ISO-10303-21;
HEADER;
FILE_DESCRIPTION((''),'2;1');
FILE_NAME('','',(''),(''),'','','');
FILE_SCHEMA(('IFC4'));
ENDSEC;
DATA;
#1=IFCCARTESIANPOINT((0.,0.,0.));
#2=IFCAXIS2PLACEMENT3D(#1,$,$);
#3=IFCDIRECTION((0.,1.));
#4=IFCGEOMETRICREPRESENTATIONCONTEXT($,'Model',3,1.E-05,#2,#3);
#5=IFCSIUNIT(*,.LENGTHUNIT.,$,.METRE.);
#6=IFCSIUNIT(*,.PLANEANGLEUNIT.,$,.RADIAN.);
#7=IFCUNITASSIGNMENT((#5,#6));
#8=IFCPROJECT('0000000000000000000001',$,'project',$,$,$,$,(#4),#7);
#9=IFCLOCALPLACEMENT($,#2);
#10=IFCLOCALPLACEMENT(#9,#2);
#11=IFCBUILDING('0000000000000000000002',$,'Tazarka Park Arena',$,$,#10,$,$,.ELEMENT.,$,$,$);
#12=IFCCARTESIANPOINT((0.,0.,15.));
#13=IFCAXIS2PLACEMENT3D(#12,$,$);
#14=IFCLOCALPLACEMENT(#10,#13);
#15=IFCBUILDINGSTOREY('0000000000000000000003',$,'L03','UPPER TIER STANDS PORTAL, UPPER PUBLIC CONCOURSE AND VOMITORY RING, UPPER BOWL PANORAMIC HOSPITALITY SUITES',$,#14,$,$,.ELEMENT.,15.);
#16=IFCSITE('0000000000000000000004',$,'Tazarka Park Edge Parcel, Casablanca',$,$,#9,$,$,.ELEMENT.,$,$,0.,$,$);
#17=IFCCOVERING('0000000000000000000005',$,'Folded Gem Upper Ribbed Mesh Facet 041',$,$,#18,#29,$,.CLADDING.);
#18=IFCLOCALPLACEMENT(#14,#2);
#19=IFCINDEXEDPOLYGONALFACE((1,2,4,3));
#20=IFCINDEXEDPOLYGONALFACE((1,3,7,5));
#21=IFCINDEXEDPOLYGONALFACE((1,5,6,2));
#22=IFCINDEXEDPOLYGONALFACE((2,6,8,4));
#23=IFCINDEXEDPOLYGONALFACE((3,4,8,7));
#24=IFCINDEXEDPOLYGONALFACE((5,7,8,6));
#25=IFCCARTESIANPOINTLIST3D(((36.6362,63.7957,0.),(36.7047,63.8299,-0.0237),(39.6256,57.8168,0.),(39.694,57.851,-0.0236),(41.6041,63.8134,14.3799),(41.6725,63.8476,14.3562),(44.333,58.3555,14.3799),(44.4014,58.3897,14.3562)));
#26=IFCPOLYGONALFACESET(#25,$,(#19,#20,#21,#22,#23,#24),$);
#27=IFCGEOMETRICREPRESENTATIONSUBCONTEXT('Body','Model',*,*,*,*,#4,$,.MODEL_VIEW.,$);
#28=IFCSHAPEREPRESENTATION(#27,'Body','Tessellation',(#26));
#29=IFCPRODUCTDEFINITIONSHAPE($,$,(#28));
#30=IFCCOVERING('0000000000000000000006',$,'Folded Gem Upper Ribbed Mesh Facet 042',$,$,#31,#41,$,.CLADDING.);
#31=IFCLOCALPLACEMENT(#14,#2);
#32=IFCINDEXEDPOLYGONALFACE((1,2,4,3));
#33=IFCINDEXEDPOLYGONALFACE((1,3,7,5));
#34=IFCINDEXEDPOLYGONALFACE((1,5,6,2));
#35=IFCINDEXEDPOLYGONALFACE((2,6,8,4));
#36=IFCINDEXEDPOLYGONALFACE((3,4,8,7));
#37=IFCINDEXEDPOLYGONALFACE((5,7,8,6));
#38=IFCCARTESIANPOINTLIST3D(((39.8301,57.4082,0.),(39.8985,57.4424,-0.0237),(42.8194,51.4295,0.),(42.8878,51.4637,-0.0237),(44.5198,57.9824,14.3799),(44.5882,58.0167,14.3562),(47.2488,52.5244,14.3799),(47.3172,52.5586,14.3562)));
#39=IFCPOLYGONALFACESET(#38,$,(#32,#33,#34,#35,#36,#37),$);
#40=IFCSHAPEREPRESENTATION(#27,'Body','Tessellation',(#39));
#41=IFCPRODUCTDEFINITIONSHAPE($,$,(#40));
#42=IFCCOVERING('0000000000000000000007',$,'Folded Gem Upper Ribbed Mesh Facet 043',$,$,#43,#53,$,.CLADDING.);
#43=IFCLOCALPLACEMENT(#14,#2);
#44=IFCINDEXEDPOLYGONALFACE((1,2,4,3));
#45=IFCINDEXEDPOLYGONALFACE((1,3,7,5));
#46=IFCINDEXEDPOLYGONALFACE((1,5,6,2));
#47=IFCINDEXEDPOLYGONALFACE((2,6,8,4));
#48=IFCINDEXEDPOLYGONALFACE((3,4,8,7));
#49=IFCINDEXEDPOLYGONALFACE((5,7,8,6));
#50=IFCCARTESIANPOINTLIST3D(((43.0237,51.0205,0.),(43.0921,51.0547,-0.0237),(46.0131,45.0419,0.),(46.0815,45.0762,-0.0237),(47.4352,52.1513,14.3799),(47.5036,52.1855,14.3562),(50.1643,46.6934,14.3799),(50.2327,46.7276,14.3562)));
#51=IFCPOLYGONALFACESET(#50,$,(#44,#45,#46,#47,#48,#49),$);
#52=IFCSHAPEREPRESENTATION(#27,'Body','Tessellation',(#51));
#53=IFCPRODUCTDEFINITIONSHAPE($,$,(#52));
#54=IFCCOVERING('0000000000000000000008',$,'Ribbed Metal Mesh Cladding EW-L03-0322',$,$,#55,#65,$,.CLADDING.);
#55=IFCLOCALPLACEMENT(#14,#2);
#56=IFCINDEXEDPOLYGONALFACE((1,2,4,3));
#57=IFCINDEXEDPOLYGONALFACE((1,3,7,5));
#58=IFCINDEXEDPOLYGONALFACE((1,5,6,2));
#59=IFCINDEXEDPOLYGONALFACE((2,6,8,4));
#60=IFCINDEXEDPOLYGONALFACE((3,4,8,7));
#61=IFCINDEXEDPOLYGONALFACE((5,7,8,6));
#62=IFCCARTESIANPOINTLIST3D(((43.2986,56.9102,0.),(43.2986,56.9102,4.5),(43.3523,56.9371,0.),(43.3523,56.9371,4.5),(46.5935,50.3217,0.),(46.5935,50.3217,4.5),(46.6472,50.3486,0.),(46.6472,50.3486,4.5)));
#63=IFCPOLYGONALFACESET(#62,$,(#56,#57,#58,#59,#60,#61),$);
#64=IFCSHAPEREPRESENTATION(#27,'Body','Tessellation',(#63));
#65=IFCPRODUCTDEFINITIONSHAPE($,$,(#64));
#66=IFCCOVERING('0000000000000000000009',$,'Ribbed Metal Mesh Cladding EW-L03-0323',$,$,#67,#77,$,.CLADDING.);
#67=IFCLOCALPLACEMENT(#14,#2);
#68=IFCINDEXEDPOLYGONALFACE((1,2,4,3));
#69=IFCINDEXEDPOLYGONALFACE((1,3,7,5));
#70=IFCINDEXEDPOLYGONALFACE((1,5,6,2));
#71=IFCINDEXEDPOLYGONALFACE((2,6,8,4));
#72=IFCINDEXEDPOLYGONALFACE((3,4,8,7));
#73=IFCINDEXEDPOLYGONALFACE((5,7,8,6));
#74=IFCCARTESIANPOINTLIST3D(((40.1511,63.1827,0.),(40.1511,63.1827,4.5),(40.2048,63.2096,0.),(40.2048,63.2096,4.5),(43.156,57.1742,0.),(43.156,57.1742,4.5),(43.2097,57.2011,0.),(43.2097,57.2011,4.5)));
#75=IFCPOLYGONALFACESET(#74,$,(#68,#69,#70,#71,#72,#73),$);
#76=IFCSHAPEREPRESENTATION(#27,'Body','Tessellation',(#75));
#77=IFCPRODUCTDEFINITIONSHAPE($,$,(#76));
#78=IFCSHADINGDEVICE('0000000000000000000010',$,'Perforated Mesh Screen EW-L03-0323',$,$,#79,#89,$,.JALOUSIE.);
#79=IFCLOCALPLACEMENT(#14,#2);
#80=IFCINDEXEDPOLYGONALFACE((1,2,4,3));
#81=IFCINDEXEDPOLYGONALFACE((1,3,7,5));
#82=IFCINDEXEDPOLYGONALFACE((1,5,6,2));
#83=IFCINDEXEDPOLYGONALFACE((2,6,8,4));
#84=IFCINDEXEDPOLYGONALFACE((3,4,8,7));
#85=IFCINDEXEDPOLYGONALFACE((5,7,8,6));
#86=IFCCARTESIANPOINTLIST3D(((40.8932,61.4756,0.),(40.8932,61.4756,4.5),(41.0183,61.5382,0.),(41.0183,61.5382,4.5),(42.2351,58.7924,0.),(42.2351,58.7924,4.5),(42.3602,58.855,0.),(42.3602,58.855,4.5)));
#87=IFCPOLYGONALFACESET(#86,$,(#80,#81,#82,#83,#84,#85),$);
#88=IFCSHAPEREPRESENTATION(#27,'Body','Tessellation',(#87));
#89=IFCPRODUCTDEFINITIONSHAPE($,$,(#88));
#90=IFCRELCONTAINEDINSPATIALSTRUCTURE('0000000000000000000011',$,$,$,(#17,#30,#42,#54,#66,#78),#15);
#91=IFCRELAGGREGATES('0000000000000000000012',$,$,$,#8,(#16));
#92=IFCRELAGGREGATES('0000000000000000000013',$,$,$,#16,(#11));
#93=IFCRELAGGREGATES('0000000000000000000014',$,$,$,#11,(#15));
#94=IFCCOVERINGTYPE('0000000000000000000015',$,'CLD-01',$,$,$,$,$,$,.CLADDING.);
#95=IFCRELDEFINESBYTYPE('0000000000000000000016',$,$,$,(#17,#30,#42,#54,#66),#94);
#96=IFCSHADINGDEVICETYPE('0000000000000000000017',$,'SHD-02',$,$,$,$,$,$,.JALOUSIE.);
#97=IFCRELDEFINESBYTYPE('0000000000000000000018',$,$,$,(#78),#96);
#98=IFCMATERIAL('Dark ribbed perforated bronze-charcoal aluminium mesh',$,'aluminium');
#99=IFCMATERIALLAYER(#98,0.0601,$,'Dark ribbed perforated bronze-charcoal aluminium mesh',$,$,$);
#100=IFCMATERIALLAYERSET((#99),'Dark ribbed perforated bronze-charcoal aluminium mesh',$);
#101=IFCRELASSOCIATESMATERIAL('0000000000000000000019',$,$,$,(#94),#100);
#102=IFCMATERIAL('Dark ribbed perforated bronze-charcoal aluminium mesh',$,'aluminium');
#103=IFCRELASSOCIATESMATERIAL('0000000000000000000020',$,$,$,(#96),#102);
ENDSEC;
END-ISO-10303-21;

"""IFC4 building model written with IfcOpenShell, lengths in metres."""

from ifc_helpers import new_model, si_unit, direction, frame, origin, origin_2d, place, context, subcontext, project, spatial, polyline, rectangle, outline, extrude, material, layer, layer_set, type_object, element, save


model = new_model("IFC4")

# Units and contexts
model_context = context("Model", 3, precision=1e-05, world=origin(), true_north=direction((0.0, 1.0)))
body_context = subcontext(model_context, "Body", "Model", "MODEL_VIEW")
ifc_project = project(units=[si_unit("LENGTHUNIT", "METRE"), si_unit("PLANEANGLEUNIT", "RADIAN")], contexts=[model_context])

# Site, building, storey
site_placement = place(None, origin())
site = spatial("IfcSite", under=ifc_project, at=site_placement, Name="Tazarka Park Edge Parcel, Casablanca", CompositionType="ELEMENT", RefElevation=0.0)
building_placement = place(site_placement, origin())
building = spatial("IfcBuilding", under=site, at=building_placement, Name="Tazarka Park Arena", CompositionType="ELEMENT")
storey_placement = place(building_placement, frame((0.0, 0.0, 15.0)))
storey = spatial("IfcBuildingStorey", under=building, at=storey_placement, Name="L03", Description="UPPER TIER STANDS PORTAL, UPPER PUBLIC CONCOURSE AND VOMITORY RING, UPPER BOWL PANORAMIC HOSPITALITY SUITES", CompositionType="ELEMENT", Elevation=15.0)

# Coverings
ifc_material_1 = material(Name="Dark ribbed perforated bronze-charcoal aluminium mesh", Category="aluminium")
ifc_layer_1 = layer(ifc_material_1, 0.0601, Name="Dark ribbed perforated bronze-charcoal aluminium mesh")
ifc_layer_set_1 = layer_set([ifc_layer_1], Name="Dark ribbed perforated bronze-charcoal aluminium mesh")
covering_type = type_object("IfcCoveringType", Name="CLD-01", PredefinedType="CLADDING", material=ifc_layer_set_1)
covering_1_placement = place(storey_placement, frame((36.6362, 63.7957, 0.0), z_axis=(-0.85443, -0.427206, 0.29571), x_axis=(0.447208, -0.89443, 0.000007)))
element("IfcCovering", 1, at=covering_1_placement, inside=storey, type_object=covering_type, Name="Folded Gem Upper Ribbed Mesh Facet 041", PredefinedType="CLADDING", context=body_context, shape_type="SweptSolid", body=[
    extrude(outline(polyline([(0.0, 0.0), (6.6845, 0.0), (8.308, 15.053), (2.2059, 15.0531), (0.0, 0.0)])), origin(), (0.0, 0.0, -1.0), 0.0801),
])
covering_2_placement = place(storey_placement, frame((39.8301, 57.4082, 0.0), z_axis=(-0.854428, -0.427205, 0.295717), x_axis=(0.447205, -0.894431, -0.000002)))
element("IfcCovering", 2, at=covering_2_placement, inside=storey, type_object=covering_type, Name="Folded Gem Upper Ribbed Mesh Facet 042", PredefinedType="CLADDING", context=body_context, shape_type="SweptSolid", body=[
    extrude(outline(polyline([(0.0, 0.0), (6.6844, 0.0), (7.6859, 15.0531), (1.5836, 15.0531), (0.0, 0.0)])), origin(), (0.0, 0.0, -1.0), 0.0801),
])
covering_3_placement = place(storey_placement, frame((43.0237, 51.0205, 0.0), z_axis=(-0.854417, -0.427227, 0.295718), x_axis=(0.44723, -0.894419, 0.000004)))
element("IfcCovering", 3, at=covering_3_placement, inside=storey, type_object=covering_type, Name="Folded Gem Upper Ribbed Mesh Facet 043", PredefinedType="CLADDING", context=body_context, shape_type="SweptSolid", body=[
    extrude(outline(polyline([(0.0, 0.0), (6.6843, 0.0), (7.0638, 15.0531), (0.9616, 15.0532), (0.0, 0.0)])), origin(), (0.0, 0.0, -1.0), 0.0801),
])
covering_4_placement = place(storey_placement, frame((44.9729, 53.6294, 0.0), z_axis=(0.0, 0.0, 1.0), x_axis=(-0.447291, 0.894389, 0.0)))
element("IfcCovering", 4, at=covering_4_placement, inside=storey, type_object=covering_type, Name="Ribbed Metal Mesh Cladding EW-L03-0322", PredefinedType="CLADDING", context=body_context, shape_type="SweptSolid", body=[
    extrude(rectangle(XDim=7.3665, YDim=0.0601, at=origin_2d()), origin(), (0.0, 0.0, 1.0), 4.5),
])
covering_5_placement = place(storey_placement, frame((41.6804, 60.1919, 0.0), z_axis=(0.0, 0.0, 1.0), x_axis=(-0.447291, 0.894389, 0.0)))
element("IfcCovering", 5, at=covering_5_placement, inside=storey, type_object=covering_type, Name="Ribbed Metal Mesh Cladding EW-L03-0323", PredefinedType="CLADDING", context=body_context, shape_type="SweptSolid", body=[
    extrude(rectangle(XDim=6.718, YDim=0.0601, at=origin_2d()), origin(), (0.0, 0.0, 1.0), 4.5),
])

# Shading device
ifc_material_2 = material(Name="Dark ribbed perforated bronze-charcoal aluminium mesh", Category="aluminium")
shading_device_type = type_object("IfcShadingDeviceType", Name="SHD-02", PredefinedType="JALOUSIE", material=ifc_material_2)
shading_device_placement = place(storey_placement, frame((41.6267, 60.1653, 0.0), z_axis=(0.0, 0.0, 1.0), x_axis=(-0.447291, 0.894389, 0.0)))
element("IfcShadingDevice", 6, at=shading_device_placement, inside=storey, type_object=shading_device_type, Name="Perforated Mesh Screen EW-L03-0323", PredefinedType="JALOUSIE", context=body_context, shape_type="SweptSolid", body=[
    extrude(rectangle(XDim=3.0, YDim=0.1399, at=origin_2d()), origin(), (0.0, 0.0, 1.0), 4.5),
])

save(model, "model.ifc")
